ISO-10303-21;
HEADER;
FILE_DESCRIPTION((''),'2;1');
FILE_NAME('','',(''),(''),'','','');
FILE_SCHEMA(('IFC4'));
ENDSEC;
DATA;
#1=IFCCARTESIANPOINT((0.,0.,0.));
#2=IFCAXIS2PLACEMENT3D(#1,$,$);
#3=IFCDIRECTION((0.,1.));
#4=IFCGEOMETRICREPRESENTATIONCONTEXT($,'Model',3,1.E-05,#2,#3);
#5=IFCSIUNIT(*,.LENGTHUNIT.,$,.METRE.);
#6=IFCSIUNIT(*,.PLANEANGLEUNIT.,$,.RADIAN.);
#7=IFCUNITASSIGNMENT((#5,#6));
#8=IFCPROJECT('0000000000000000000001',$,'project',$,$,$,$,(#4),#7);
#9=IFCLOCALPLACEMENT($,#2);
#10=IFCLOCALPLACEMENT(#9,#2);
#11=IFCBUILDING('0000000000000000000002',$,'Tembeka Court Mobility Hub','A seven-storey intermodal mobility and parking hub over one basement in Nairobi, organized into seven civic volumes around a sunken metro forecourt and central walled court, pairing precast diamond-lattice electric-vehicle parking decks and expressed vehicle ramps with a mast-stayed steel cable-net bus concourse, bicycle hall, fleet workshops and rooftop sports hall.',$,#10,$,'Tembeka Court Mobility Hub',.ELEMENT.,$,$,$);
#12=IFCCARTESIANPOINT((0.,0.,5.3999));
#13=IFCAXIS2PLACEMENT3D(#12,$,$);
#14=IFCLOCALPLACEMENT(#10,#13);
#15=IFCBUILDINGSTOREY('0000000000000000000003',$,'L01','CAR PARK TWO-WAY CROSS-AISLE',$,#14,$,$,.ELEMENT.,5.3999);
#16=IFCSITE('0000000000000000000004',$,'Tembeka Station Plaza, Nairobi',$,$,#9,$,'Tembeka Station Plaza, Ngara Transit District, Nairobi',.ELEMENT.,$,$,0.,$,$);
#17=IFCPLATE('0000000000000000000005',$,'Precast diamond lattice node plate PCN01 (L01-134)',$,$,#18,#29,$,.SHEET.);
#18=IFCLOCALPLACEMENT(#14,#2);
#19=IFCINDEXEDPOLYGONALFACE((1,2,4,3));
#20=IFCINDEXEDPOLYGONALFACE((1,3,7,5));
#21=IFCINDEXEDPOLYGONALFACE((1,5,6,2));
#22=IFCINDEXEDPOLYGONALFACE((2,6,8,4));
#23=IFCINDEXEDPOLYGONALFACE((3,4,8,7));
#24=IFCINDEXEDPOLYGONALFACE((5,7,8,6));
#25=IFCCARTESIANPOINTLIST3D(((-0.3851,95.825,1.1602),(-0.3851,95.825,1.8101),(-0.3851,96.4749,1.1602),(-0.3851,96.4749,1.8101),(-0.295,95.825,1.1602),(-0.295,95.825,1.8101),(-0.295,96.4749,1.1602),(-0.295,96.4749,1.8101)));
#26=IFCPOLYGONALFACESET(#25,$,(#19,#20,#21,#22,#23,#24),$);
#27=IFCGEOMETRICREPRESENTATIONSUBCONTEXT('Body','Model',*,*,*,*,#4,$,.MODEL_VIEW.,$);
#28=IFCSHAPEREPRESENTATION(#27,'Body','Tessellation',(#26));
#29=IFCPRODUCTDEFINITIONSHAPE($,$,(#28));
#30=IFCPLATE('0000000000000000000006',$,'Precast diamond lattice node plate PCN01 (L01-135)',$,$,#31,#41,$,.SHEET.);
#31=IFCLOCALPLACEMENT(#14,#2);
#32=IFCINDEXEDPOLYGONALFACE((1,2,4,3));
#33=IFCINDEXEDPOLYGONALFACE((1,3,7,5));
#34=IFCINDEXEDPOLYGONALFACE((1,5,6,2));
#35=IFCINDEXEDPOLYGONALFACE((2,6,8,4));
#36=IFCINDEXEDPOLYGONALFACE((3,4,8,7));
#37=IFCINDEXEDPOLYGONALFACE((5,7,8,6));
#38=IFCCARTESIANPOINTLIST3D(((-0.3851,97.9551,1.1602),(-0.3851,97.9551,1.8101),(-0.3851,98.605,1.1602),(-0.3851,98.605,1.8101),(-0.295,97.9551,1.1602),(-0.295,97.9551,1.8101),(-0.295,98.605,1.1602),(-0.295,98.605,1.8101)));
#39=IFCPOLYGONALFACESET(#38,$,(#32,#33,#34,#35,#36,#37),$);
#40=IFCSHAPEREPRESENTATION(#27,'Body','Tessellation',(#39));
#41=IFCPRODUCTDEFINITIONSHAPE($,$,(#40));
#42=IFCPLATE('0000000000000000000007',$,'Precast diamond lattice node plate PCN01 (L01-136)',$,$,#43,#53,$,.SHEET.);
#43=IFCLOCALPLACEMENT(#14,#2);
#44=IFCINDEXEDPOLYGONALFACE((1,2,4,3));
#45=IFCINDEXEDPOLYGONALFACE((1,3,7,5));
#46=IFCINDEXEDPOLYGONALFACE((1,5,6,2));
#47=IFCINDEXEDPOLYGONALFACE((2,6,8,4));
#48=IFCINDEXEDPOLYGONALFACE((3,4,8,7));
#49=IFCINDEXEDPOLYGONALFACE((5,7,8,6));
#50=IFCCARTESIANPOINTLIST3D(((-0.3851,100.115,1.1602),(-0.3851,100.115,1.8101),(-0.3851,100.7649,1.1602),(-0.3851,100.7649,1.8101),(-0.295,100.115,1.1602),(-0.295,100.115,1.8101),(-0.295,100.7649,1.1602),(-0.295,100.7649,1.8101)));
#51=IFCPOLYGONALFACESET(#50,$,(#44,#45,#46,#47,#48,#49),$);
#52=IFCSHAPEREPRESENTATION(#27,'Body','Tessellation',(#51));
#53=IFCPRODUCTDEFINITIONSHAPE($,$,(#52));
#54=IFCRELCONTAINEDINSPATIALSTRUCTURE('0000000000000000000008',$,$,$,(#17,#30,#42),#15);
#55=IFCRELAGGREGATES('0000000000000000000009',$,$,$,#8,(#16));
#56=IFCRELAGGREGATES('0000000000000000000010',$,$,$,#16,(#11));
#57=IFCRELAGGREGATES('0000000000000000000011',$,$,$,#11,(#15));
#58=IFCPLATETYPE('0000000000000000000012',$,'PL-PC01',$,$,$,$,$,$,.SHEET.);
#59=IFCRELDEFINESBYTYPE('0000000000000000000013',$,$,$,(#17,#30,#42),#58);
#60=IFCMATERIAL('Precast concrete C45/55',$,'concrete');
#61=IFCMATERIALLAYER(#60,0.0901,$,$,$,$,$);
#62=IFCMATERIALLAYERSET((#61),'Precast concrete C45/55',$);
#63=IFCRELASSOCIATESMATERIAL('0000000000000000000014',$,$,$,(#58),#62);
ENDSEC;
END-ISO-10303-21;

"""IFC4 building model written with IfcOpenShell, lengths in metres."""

from ifc_helpers import new_model, si_unit, direction, frame, origin, origin_2d, place, context, subcontext, project, spatial, rectangle, extrude, material, layer, layer_set, type_object, element, save


model = new_model("IFC4")

# Units and contexts
model_context = context("Model", 3, precision=1e-05, world=origin(), true_north=direction((0.0, 1.0)))
body_context = subcontext(model_context, "Body", "Model", "MODEL_VIEW")
ifc_project = project(units=[si_unit("LENGTHUNIT", "METRE"), si_unit("PLANEANGLEUNIT", "RADIAN")], contexts=[model_context])

# Site, building, storey
site_placement = place(None, origin())
site = spatial("IfcSite", under=ifc_project, at=site_placement, Name="Tembeka Station Plaza, Nairobi", LongName="Tembeka Station Plaza, Ngara Transit District, Nairobi", CompositionType="ELEMENT", RefElevation=0.0)
building_placement = place(site_placement, origin())
building = spatial("IfcBuilding", under=site, at=building_placement, Name="Tembeka Court Mobility Hub", Description="A seven-storey intermodal mobility and parking hub over one basement in Nairobi, organized into seven civic volumes around a sunken metro forecourt and central walled court, pairing precast diamond-lattice electric-vehicle parking decks and expressed vehicle ramps with a mast-stayed steel cable-net bus concourse, bicycle hall, fleet workshops and rooftop sports hall.", LongName="Tembeka Court Mobility Hub", CompositionType="ELEMENT")
storey_placement = place(building_placement, frame((0.0, 0.0, 5.3999)))
storey = spatial("IfcBuildingStorey", under=building, at=storey_placement, Name="L01", Description="CAR PARK TWO-WAY CROSS-AISLE", CompositionType="ELEMENT", Elevation=5.3999)

# Shared definitions
ifc_material_1 = material(Name="Precast concrete C45/55", Category="concrete")

# Plates
ifc_layer = layer(ifc_material_1, 0.0901)
ifc_layer_set = layer_set([ifc_layer], Name="Precast concrete C45/55")
plate_type = type_object("IfcPlateType", Name="PL-PC01", PredefinedType="SHEET", material=ifc_layer_set)
for number, where, z_axis, x_axis, name in (
    (1, (-0.3401, 96.1499, 1.1602), (0.0, 0.0, 1.0), (1.0, 0.0, 0.0), "Precast diamond lattice node plate PCN01 (L01-134)"),
    (2, (-0.3401, 98.28, 1.1602), (0.0, 0.0, 1.0), (1.0, 0.0, 0.0), "Precast diamond lattice node plate PCN01 (L01-135)"),
    (3, (-0.3401, 100.4399, 1.1602), (0.0, 0.0, 1.0), (1.0, 0.0, 0.0), "Precast diamond lattice node plate PCN01 (L01-136)"),
):
    element("IfcPlate", number, at=place(storey_placement, frame(where, z_axis=z_axis, x_axis=x_axis)), inside=storey, type_object=plate_type, Name=name, PredefinedType="SHEET", context=body_context, shape_type="SweptSolid", body=[
        extrude(rectangle(XDim=0.0901, YDim=0.6499, at=origin_2d()), origin(), (0.0, 0.0, 1.0), 0.6499),
    ])

save(model, "model.ifc")
